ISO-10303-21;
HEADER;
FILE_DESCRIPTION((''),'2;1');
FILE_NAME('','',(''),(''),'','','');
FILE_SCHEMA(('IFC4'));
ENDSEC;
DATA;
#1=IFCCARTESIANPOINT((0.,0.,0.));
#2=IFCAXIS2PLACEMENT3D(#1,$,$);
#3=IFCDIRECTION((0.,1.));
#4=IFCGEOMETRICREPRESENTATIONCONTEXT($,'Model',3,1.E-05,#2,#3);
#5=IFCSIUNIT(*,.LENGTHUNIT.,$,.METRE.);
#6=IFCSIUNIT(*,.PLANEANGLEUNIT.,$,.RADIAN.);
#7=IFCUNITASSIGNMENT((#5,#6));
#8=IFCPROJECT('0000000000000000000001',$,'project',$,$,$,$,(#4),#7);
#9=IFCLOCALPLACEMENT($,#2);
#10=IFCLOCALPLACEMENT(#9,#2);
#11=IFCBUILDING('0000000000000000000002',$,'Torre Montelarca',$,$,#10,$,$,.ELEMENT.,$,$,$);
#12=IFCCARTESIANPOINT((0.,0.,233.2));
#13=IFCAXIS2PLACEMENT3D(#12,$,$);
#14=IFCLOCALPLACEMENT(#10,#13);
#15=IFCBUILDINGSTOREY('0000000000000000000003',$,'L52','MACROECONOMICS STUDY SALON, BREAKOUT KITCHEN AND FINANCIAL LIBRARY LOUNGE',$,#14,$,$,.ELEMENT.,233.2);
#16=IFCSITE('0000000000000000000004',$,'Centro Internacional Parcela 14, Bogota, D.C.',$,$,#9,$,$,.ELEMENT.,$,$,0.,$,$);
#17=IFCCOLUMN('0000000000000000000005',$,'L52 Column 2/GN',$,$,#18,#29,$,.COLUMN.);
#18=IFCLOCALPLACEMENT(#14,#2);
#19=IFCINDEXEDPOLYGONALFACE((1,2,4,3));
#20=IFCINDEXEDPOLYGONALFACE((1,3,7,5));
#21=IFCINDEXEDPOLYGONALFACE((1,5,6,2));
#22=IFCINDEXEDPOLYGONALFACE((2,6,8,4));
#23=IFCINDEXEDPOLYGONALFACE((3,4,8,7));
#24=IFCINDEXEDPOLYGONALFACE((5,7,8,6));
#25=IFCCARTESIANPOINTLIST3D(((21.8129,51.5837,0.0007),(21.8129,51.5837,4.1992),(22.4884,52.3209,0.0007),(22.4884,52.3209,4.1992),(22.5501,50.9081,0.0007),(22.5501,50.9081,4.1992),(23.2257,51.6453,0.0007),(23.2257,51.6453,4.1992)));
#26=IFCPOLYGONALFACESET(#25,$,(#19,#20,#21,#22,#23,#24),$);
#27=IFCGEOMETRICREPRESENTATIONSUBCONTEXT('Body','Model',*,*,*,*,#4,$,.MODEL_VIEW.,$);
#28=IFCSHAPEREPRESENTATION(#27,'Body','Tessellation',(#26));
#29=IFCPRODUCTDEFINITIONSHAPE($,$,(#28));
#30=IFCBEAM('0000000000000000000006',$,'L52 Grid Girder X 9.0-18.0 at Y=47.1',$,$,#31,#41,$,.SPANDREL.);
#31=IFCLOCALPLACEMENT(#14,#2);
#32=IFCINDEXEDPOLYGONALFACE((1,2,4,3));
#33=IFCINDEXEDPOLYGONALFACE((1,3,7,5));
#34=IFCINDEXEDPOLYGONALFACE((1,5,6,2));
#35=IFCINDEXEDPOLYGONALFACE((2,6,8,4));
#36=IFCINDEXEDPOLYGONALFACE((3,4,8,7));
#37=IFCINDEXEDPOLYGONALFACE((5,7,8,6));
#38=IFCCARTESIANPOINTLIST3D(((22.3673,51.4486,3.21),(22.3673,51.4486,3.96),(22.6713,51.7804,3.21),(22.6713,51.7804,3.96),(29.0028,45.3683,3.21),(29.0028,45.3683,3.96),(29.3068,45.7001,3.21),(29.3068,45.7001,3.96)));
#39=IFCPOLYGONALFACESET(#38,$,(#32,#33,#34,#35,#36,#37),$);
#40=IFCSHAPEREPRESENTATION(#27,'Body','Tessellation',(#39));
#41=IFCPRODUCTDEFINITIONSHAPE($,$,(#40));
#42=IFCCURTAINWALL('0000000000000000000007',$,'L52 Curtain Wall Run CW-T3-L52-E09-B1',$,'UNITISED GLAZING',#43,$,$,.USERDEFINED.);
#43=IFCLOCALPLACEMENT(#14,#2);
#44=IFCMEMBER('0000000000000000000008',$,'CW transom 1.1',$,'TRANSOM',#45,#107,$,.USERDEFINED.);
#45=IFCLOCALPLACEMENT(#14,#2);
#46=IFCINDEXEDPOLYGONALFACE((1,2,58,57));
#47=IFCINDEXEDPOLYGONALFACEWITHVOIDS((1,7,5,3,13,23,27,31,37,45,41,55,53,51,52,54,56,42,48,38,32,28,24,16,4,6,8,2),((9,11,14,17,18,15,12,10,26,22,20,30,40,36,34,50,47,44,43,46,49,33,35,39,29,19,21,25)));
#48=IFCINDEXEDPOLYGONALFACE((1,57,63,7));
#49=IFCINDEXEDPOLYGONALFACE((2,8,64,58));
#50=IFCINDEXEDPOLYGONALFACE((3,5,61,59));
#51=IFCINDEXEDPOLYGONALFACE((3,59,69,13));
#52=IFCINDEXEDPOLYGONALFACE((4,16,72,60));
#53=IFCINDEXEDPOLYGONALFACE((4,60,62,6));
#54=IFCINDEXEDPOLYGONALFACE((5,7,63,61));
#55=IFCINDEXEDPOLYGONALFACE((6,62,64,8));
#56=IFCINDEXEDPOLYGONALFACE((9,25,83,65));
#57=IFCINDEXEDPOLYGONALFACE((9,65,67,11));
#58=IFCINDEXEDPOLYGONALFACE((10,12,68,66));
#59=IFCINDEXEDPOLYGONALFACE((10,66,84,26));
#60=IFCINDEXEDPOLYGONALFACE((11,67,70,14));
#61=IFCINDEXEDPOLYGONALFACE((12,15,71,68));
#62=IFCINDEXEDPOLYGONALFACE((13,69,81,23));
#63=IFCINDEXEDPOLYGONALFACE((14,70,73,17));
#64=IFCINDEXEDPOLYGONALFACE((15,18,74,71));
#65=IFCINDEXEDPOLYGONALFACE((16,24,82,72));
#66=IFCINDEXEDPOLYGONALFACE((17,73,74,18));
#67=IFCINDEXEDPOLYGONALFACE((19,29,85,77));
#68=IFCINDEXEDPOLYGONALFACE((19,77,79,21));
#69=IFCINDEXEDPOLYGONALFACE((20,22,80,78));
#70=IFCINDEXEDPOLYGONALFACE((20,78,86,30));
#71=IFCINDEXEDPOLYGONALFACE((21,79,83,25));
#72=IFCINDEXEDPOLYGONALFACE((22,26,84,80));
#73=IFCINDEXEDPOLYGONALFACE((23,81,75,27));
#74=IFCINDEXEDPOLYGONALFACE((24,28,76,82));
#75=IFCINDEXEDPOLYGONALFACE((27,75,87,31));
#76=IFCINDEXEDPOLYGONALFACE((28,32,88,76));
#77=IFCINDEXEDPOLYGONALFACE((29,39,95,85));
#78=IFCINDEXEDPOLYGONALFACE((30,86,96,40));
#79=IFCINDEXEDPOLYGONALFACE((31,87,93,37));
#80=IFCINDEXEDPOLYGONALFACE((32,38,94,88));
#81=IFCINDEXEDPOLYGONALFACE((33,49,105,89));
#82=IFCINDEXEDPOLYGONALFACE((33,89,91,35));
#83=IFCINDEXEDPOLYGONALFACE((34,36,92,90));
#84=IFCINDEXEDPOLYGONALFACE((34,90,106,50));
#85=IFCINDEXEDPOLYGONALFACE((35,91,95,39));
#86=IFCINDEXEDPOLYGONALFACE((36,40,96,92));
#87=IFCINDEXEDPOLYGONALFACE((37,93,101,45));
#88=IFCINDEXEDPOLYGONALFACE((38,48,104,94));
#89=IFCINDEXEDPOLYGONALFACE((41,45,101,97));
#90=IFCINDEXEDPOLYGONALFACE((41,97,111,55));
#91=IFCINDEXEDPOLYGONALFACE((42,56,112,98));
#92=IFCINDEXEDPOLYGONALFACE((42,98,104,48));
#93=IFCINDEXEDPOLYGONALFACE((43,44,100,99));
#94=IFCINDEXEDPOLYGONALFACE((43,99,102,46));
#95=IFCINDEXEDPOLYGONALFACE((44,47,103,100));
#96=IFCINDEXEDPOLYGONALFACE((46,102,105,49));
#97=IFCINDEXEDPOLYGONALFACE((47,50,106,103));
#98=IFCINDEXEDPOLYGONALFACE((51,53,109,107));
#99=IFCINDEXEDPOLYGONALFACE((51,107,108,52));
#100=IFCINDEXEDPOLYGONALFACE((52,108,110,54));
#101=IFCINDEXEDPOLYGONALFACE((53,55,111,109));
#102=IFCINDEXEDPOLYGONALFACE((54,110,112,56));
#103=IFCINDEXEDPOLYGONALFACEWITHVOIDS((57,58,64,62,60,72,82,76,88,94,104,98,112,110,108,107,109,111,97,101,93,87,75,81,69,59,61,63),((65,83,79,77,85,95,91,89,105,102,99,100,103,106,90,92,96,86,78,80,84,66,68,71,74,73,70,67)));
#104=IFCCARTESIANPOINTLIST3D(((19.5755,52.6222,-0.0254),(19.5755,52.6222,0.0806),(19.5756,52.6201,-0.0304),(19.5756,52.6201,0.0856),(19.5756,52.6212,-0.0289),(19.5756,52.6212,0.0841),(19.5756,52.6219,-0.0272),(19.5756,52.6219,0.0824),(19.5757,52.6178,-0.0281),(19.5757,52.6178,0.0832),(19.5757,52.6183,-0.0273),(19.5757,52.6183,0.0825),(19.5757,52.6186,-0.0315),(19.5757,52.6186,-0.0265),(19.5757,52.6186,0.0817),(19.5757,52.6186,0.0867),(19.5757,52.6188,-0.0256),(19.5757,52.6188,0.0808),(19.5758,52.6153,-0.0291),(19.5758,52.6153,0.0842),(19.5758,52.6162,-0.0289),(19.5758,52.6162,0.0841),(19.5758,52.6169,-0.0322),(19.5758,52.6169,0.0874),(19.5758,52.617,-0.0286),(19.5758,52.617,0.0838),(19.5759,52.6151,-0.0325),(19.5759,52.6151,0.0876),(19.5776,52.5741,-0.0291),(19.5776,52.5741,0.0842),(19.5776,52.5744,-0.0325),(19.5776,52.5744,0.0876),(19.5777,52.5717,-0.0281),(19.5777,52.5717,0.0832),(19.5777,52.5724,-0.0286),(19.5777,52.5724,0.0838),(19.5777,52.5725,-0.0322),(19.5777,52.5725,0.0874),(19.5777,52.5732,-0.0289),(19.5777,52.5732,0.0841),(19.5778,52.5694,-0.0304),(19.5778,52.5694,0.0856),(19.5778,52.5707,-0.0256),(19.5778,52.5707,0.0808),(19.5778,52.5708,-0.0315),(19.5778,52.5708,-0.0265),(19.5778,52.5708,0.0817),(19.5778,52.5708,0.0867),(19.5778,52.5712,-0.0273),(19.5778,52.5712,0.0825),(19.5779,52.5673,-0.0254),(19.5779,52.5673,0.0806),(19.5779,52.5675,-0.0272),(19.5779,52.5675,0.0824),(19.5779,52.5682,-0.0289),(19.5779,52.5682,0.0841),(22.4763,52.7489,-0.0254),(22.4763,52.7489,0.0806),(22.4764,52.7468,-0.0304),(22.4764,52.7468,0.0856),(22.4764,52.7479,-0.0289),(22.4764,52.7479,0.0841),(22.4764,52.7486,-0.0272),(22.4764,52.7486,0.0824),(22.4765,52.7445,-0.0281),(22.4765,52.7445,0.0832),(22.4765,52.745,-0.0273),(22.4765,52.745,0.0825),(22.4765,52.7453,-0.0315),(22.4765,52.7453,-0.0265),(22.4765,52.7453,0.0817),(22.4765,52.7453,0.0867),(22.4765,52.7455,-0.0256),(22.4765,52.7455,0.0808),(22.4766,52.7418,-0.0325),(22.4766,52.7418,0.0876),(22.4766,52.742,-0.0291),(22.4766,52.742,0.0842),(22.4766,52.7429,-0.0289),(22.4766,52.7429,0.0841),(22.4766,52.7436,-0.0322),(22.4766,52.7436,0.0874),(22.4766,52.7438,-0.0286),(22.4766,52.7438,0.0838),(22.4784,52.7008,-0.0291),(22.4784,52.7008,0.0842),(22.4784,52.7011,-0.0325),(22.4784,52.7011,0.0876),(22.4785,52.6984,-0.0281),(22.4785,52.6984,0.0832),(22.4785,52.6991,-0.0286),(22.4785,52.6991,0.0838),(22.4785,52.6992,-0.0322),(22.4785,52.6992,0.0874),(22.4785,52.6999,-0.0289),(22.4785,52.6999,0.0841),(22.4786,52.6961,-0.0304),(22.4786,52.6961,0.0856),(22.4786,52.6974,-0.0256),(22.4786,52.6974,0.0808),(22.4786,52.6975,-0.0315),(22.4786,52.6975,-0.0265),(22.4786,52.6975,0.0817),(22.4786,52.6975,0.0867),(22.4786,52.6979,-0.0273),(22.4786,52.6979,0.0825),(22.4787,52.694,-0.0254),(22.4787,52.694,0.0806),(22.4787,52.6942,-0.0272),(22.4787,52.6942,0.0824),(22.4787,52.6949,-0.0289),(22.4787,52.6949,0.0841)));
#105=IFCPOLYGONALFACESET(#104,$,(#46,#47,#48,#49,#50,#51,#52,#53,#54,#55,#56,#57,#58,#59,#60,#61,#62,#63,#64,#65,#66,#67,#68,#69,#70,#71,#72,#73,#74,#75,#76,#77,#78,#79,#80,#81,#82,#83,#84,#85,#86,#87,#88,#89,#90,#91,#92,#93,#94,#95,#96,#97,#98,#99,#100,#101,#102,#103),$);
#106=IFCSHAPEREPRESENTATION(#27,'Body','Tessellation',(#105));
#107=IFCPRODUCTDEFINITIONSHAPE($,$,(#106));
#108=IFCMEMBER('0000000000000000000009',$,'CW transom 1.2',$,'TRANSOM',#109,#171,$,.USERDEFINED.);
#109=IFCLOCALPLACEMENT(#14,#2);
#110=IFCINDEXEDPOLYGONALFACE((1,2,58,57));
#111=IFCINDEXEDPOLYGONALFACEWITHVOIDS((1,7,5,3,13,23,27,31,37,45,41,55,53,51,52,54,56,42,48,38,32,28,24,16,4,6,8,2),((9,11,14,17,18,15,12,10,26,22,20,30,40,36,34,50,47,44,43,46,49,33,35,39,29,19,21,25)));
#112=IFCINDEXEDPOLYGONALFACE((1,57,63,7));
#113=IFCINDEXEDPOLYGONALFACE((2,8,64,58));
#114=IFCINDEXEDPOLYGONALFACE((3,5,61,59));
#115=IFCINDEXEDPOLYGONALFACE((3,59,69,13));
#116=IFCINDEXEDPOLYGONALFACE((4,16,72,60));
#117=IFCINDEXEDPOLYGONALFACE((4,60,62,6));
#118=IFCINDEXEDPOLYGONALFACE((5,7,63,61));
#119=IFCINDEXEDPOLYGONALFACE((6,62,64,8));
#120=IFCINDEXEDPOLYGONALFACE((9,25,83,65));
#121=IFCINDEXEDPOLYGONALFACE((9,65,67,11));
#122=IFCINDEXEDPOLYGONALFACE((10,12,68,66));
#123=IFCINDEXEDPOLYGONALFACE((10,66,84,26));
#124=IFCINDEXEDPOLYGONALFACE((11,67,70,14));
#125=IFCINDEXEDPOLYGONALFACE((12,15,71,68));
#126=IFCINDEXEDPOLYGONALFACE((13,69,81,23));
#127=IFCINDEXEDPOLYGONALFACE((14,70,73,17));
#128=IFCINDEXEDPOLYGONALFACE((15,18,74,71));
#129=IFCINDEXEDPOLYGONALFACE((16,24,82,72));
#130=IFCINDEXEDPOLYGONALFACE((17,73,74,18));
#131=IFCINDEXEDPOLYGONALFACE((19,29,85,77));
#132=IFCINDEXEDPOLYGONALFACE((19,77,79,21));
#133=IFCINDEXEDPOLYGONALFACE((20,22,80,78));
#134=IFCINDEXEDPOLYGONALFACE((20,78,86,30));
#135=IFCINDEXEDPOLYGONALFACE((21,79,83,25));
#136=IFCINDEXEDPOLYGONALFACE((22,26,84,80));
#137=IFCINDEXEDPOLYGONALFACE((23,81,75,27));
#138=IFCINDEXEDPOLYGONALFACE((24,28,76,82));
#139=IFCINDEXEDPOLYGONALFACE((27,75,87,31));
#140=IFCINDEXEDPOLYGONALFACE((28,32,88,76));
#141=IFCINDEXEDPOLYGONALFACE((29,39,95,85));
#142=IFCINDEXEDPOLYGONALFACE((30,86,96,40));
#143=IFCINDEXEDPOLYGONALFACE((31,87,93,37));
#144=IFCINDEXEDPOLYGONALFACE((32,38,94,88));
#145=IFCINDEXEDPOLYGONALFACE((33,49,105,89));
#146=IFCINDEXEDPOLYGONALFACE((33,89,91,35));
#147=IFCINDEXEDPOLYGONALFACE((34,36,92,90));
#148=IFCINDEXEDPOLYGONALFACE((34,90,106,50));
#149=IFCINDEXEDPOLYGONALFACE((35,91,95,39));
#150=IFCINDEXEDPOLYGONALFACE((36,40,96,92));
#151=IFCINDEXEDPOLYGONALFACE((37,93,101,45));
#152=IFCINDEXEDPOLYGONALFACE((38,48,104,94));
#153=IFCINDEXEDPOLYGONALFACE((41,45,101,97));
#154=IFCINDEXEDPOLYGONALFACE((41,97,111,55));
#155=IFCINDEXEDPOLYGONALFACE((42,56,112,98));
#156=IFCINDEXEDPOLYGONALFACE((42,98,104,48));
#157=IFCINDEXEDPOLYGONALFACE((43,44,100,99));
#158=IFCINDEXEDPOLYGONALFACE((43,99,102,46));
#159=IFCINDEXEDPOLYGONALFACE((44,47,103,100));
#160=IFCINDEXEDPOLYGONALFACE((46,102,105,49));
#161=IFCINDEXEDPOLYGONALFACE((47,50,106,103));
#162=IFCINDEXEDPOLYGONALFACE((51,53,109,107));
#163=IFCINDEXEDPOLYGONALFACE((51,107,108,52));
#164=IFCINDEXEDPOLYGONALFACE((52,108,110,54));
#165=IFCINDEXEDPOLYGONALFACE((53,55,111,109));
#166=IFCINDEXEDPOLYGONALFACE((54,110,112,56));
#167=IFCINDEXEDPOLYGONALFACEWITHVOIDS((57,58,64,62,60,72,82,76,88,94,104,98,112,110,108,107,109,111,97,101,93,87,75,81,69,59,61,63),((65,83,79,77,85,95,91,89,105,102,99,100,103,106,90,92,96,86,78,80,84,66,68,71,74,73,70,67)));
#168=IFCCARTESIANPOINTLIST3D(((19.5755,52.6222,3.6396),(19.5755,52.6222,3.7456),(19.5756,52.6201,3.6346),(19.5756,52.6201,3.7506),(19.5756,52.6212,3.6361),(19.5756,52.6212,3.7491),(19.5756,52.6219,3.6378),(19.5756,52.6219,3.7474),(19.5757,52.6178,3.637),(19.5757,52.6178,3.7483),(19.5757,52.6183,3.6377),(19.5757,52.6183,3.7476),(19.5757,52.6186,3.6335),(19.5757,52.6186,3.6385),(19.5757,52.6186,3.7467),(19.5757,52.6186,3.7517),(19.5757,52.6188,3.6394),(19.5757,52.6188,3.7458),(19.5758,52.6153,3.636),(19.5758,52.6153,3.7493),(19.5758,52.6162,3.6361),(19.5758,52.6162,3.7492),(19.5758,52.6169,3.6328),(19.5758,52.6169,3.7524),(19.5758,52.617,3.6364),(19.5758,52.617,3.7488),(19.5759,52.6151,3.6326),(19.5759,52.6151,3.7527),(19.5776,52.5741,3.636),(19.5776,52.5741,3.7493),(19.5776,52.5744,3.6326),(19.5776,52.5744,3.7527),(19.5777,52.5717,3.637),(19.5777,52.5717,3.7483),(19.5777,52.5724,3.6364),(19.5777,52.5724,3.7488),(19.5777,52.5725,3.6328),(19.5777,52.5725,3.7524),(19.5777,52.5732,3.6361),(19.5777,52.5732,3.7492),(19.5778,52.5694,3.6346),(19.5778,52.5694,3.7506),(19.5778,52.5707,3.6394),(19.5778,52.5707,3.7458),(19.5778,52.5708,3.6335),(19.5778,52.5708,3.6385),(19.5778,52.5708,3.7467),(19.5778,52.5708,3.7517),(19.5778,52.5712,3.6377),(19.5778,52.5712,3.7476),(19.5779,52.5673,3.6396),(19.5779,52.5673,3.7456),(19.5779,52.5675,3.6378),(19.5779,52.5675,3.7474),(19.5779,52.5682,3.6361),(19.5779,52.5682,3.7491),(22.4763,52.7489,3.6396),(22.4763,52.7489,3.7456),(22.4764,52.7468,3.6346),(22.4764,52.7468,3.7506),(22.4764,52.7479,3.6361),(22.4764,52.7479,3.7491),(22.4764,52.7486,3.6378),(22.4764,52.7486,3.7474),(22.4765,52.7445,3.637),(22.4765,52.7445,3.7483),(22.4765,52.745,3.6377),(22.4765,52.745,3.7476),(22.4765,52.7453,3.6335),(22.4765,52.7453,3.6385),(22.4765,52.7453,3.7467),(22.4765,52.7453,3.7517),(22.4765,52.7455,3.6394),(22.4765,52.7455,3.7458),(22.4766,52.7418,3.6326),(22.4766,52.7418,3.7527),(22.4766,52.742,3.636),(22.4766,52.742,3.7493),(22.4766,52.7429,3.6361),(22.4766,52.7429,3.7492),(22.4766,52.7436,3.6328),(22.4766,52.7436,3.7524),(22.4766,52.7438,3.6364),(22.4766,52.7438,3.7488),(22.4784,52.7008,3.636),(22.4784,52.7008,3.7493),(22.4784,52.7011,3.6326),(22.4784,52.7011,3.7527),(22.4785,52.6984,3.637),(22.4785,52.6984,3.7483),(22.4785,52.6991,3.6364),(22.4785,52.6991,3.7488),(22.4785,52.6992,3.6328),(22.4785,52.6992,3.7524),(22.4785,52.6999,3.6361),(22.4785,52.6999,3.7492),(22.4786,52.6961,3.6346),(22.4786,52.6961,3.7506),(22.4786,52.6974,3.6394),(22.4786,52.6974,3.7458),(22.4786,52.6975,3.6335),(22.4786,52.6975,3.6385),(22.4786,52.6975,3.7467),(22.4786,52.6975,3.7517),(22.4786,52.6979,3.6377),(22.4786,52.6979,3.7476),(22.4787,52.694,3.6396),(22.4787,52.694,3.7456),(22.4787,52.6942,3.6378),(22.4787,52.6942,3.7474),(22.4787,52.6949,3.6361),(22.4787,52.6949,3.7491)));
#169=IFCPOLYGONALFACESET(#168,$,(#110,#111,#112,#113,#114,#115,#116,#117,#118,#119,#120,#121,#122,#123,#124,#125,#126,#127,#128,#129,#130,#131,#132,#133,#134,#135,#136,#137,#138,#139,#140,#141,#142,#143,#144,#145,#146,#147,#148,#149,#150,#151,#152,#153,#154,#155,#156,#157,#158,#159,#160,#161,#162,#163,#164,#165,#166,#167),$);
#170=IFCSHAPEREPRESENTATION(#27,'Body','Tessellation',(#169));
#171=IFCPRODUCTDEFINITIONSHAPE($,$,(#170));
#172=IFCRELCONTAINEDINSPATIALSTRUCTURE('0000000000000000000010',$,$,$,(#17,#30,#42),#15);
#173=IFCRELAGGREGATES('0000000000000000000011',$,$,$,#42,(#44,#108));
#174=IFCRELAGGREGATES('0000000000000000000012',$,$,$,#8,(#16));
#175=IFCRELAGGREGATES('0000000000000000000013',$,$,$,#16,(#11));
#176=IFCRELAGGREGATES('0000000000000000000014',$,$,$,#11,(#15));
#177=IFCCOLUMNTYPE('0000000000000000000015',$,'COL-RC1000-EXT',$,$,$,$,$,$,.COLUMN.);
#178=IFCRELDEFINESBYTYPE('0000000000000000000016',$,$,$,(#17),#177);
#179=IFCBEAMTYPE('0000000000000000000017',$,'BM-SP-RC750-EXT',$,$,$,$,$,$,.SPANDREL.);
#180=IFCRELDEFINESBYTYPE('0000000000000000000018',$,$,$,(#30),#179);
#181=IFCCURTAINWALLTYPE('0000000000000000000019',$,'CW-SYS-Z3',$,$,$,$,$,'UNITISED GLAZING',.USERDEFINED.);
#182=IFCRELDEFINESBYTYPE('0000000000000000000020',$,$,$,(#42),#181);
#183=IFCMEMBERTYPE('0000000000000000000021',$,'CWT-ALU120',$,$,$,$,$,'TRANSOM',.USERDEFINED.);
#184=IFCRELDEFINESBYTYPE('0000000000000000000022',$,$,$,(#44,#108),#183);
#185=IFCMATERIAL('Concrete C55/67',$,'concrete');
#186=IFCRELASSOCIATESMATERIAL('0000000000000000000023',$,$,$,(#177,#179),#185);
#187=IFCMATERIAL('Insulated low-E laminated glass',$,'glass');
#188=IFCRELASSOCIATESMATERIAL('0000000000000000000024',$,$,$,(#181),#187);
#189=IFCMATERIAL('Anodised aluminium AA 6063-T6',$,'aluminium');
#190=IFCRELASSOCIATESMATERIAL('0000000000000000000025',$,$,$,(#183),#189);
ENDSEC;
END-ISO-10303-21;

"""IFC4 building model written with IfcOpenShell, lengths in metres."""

from ifc_helpers import new_model, si_unit, direction, frame, origin, origin_2d, place, context, subcontext, project, spatial, rectangle, hollow_rectangle, extrude, source, transform, mapped, material, material_profile, profile_set, type_object, element, aggregate, save


model = new_model("IFC4")

# Units and contexts
model_context = context("Model", 3, precision=1e-05, world=origin(), true_north=direction((0.0, 1.0)))
body_context = subcontext(model_context, "Body", "Model", "MODEL_VIEW")
ifc_project = project(units=[si_unit("LENGTHUNIT", "METRE"), si_unit("PLANEANGLEUNIT", "RADIAN")], contexts=[model_context])

# Site, building, storey
site_placement = place(None, origin())
site = spatial("IfcSite", under=ifc_project, at=site_placement, Name="Centro Internacional Parcela 14, Bogota, D.C.", CompositionType="ELEMENT", RefElevation=0.0)
building_placement = place(site_placement, origin())
building = spatial("IfcBuilding", under=site, at=building_placement, Name="Torre Montelarca", CompositionType="ELEMENT")
storey_placement = place(building_placement, frame((0.0, 0.0, 233.2)))
storey = spatial("IfcBuildingStorey", under=building, at=storey_placement, Name="L52", Description="MACROECONOMICS STUDY SALON, BREAKOUT KITCHEN AND FINANCIAL LIBRARY LOUNGE", CompositionType="ELEMENT", Elevation=233.2)

# Column
ifc_material_1 = material(Name="Concrete C55/67", Category="concrete")
ifc_material_profile_1 = material_profile(ifc_material_1, rectangle(XDim=1.0, YDim=1.0, at=origin_2d()), Name="RC1000X1000", Category="concrete")
ifc_profile_set_1 = profile_set([ifc_material_profile_1], Name="Concrete C55/67")
column_type = type_object("IfcColumnType", Name="COL-RC1000-EXT", PredefinedType="COLUMN", material=ifc_profile_set_1)
shared_shape_1 = source(origin(), body_context, "Body", "SweptSolid", [
    extrude(rectangle(XDim=1.0, YDim=1.0, at=origin_2d()), origin(), (0.0, 0.0, 1.0), 4.1985),
])
column_placement = place(storey_placement, frame((22.5193, 51.6145, 0.0007), z_axis=(0.0, 0.0, 1.0), x_axis=(-0.737277, 0.67559, 0.0)))
element("IfcColumn", 1, at=column_placement, inside=storey, type_object=column_type, Name="L52 Column 2/GN", PredefinedType="COLUMN", context=body_context, shape_type="MappedRepresentation", body=[
    mapped(shared_shape_1, transform((0.0, 0.0, 0.0), scale=1.0)),
])

# Beam
ifc_material_profile_2 = material_profile(ifc_material_1, rectangle(XDim=0.45, YDim=0.75, at=origin_2d()), Name="RCB450X750", Category="concrete")
ifc_profile_set_2 = profile_set([ifc_material_profile_2], Name="Concrete C55/67")
beam_type = type_object("IfcBeamType", Name="BM-SP-RC750-EXT", PredefinedType="SPANDREL", material=ifc_profile_set_2)
shared_shape_2 = source(origin(), body_context, "Body", "SweptSolid", [
    extrude(rectangle(XDim=0.45, YDim=0.75, at=origin_2d()), origin(), (0.0, 0.0, 1.0), 9.0),
])
beam_placement = place(storey_placement, frame((22.5193, 51.6145, 3.585), z_axis=(0.737277, -0.675591, 0.0), x_axis=(0.675591, 0.737277, 0.0)))
element("IfcBeam", 2, at=beam_placement, inside=storey, type_object=beam_type, Name="L52 Grid Girder X 9.0-18.0 at Y=47.1", PredefinedType="SPANDREL", context=body_context, shape_type="MappedRepresentation", body=[
    mapped(shared_shape_2, transform((0.0, 0.0, 0.0), scale=1.0)),
])

# Curtain wall, members
ifc_material_2 = material(Name="Insulated low-E laminated glass", Category="glass")
curtain_wall_type = type_object("IfcCurtainWallType", Name="CW-SYS-Z3", ElementType="UNITISED GLAZING", PredefinedType="USERDEFINED", material=ifc_material_2)
curtain_wall_1_placement = place(storey_placement, origin())
curtain_wall_1 = element("IfcCurtainWall", 3, at=curtain_wall_1_placement, inside=storey, type_object=curtain_wall_type, Name="L52 Curtain Wall Run CW-T3-L52-E09-B1", ObjectType="UNITISED GLAZING", PredefinedType="USERDEFINED")
ifc_material_3 = material(Name="Anodised aluminium AA 6063-T6", Category="aluminium")
ifc_material_profile_3 = material_profile(ifc_material_3, hollow_rectangle(XDim=0.0549, YDim=0.1201, WallThickness=0.0034, InnerFilletRadius=0.0034, OuterFilletRadius=0.0071, at=origin_2d()), Name="ALU55X120X3.5", Category="aluminium")
ifc_profile_set_3 = profile_set([ifc_material_profile_3], Name="Anodised aluminium AA 6063-T6")
member_type_1 = type_object("IfcMemberType", Name="CWT-ALU120", ElementType="TRANSOM", PredefinedType="USERDEFINED", material=ifc_profile_set_3)
shared_shape_3 = source(origin(), body_context, "Body", "SweptSolid", [
    extrude(hollow_rectangle(XDim=0.0549, YDim=0.1201, WallThickness=0.0034, InnerFilletRadius=0.0034, OuterFilletRadius=0.0071, at=origin_2d()), origin(), (0.0, 0.0, 1.0), 2.9036),
])
member_1_placement = place(storey_placement, frame((22.4775, 52.7214, 0.0276), z_axis=(-0.999047, -0.043638, 0.0), x_axis=(0.043638, -0.999047, 0.0)))
member_1 = element("IfcMember", 4, at=member_1_placement, type_object=member_type_1, Name="CW transom 1.1", ObjectType="TRANSOM", PredefinedType="USERDEFINED", context=body_context, shape_type="MappedRepresentation", body=[
    mapped(shared_shape_3, transform((0.0, 0.0, 0.0), scale=1.0)),
])
member_2_placement = place(storey_placement, frame((22.4775, 52.7214, 3.6926), z_axis=(-0.999047, -0.043638, 0.0), x_axis=(0.043638, -0.999047, 0.0)))
member_2 = element("IfcMember", 5, at=member_2_placement, type_object=member_type_1, Name="CW transom 1.2", ObjectType="TRANSOM", PredefinedType="USERDEFINED", context=body_context, shape_type="MappedRepresentation", body=[
    mapped(shared_shape_3, transform((0.0, 0.0, 0.0), scale=1.0)),
])

aggregate(curtain_wall_1, [member_1, member_2])

save(model, "model.ifc")
